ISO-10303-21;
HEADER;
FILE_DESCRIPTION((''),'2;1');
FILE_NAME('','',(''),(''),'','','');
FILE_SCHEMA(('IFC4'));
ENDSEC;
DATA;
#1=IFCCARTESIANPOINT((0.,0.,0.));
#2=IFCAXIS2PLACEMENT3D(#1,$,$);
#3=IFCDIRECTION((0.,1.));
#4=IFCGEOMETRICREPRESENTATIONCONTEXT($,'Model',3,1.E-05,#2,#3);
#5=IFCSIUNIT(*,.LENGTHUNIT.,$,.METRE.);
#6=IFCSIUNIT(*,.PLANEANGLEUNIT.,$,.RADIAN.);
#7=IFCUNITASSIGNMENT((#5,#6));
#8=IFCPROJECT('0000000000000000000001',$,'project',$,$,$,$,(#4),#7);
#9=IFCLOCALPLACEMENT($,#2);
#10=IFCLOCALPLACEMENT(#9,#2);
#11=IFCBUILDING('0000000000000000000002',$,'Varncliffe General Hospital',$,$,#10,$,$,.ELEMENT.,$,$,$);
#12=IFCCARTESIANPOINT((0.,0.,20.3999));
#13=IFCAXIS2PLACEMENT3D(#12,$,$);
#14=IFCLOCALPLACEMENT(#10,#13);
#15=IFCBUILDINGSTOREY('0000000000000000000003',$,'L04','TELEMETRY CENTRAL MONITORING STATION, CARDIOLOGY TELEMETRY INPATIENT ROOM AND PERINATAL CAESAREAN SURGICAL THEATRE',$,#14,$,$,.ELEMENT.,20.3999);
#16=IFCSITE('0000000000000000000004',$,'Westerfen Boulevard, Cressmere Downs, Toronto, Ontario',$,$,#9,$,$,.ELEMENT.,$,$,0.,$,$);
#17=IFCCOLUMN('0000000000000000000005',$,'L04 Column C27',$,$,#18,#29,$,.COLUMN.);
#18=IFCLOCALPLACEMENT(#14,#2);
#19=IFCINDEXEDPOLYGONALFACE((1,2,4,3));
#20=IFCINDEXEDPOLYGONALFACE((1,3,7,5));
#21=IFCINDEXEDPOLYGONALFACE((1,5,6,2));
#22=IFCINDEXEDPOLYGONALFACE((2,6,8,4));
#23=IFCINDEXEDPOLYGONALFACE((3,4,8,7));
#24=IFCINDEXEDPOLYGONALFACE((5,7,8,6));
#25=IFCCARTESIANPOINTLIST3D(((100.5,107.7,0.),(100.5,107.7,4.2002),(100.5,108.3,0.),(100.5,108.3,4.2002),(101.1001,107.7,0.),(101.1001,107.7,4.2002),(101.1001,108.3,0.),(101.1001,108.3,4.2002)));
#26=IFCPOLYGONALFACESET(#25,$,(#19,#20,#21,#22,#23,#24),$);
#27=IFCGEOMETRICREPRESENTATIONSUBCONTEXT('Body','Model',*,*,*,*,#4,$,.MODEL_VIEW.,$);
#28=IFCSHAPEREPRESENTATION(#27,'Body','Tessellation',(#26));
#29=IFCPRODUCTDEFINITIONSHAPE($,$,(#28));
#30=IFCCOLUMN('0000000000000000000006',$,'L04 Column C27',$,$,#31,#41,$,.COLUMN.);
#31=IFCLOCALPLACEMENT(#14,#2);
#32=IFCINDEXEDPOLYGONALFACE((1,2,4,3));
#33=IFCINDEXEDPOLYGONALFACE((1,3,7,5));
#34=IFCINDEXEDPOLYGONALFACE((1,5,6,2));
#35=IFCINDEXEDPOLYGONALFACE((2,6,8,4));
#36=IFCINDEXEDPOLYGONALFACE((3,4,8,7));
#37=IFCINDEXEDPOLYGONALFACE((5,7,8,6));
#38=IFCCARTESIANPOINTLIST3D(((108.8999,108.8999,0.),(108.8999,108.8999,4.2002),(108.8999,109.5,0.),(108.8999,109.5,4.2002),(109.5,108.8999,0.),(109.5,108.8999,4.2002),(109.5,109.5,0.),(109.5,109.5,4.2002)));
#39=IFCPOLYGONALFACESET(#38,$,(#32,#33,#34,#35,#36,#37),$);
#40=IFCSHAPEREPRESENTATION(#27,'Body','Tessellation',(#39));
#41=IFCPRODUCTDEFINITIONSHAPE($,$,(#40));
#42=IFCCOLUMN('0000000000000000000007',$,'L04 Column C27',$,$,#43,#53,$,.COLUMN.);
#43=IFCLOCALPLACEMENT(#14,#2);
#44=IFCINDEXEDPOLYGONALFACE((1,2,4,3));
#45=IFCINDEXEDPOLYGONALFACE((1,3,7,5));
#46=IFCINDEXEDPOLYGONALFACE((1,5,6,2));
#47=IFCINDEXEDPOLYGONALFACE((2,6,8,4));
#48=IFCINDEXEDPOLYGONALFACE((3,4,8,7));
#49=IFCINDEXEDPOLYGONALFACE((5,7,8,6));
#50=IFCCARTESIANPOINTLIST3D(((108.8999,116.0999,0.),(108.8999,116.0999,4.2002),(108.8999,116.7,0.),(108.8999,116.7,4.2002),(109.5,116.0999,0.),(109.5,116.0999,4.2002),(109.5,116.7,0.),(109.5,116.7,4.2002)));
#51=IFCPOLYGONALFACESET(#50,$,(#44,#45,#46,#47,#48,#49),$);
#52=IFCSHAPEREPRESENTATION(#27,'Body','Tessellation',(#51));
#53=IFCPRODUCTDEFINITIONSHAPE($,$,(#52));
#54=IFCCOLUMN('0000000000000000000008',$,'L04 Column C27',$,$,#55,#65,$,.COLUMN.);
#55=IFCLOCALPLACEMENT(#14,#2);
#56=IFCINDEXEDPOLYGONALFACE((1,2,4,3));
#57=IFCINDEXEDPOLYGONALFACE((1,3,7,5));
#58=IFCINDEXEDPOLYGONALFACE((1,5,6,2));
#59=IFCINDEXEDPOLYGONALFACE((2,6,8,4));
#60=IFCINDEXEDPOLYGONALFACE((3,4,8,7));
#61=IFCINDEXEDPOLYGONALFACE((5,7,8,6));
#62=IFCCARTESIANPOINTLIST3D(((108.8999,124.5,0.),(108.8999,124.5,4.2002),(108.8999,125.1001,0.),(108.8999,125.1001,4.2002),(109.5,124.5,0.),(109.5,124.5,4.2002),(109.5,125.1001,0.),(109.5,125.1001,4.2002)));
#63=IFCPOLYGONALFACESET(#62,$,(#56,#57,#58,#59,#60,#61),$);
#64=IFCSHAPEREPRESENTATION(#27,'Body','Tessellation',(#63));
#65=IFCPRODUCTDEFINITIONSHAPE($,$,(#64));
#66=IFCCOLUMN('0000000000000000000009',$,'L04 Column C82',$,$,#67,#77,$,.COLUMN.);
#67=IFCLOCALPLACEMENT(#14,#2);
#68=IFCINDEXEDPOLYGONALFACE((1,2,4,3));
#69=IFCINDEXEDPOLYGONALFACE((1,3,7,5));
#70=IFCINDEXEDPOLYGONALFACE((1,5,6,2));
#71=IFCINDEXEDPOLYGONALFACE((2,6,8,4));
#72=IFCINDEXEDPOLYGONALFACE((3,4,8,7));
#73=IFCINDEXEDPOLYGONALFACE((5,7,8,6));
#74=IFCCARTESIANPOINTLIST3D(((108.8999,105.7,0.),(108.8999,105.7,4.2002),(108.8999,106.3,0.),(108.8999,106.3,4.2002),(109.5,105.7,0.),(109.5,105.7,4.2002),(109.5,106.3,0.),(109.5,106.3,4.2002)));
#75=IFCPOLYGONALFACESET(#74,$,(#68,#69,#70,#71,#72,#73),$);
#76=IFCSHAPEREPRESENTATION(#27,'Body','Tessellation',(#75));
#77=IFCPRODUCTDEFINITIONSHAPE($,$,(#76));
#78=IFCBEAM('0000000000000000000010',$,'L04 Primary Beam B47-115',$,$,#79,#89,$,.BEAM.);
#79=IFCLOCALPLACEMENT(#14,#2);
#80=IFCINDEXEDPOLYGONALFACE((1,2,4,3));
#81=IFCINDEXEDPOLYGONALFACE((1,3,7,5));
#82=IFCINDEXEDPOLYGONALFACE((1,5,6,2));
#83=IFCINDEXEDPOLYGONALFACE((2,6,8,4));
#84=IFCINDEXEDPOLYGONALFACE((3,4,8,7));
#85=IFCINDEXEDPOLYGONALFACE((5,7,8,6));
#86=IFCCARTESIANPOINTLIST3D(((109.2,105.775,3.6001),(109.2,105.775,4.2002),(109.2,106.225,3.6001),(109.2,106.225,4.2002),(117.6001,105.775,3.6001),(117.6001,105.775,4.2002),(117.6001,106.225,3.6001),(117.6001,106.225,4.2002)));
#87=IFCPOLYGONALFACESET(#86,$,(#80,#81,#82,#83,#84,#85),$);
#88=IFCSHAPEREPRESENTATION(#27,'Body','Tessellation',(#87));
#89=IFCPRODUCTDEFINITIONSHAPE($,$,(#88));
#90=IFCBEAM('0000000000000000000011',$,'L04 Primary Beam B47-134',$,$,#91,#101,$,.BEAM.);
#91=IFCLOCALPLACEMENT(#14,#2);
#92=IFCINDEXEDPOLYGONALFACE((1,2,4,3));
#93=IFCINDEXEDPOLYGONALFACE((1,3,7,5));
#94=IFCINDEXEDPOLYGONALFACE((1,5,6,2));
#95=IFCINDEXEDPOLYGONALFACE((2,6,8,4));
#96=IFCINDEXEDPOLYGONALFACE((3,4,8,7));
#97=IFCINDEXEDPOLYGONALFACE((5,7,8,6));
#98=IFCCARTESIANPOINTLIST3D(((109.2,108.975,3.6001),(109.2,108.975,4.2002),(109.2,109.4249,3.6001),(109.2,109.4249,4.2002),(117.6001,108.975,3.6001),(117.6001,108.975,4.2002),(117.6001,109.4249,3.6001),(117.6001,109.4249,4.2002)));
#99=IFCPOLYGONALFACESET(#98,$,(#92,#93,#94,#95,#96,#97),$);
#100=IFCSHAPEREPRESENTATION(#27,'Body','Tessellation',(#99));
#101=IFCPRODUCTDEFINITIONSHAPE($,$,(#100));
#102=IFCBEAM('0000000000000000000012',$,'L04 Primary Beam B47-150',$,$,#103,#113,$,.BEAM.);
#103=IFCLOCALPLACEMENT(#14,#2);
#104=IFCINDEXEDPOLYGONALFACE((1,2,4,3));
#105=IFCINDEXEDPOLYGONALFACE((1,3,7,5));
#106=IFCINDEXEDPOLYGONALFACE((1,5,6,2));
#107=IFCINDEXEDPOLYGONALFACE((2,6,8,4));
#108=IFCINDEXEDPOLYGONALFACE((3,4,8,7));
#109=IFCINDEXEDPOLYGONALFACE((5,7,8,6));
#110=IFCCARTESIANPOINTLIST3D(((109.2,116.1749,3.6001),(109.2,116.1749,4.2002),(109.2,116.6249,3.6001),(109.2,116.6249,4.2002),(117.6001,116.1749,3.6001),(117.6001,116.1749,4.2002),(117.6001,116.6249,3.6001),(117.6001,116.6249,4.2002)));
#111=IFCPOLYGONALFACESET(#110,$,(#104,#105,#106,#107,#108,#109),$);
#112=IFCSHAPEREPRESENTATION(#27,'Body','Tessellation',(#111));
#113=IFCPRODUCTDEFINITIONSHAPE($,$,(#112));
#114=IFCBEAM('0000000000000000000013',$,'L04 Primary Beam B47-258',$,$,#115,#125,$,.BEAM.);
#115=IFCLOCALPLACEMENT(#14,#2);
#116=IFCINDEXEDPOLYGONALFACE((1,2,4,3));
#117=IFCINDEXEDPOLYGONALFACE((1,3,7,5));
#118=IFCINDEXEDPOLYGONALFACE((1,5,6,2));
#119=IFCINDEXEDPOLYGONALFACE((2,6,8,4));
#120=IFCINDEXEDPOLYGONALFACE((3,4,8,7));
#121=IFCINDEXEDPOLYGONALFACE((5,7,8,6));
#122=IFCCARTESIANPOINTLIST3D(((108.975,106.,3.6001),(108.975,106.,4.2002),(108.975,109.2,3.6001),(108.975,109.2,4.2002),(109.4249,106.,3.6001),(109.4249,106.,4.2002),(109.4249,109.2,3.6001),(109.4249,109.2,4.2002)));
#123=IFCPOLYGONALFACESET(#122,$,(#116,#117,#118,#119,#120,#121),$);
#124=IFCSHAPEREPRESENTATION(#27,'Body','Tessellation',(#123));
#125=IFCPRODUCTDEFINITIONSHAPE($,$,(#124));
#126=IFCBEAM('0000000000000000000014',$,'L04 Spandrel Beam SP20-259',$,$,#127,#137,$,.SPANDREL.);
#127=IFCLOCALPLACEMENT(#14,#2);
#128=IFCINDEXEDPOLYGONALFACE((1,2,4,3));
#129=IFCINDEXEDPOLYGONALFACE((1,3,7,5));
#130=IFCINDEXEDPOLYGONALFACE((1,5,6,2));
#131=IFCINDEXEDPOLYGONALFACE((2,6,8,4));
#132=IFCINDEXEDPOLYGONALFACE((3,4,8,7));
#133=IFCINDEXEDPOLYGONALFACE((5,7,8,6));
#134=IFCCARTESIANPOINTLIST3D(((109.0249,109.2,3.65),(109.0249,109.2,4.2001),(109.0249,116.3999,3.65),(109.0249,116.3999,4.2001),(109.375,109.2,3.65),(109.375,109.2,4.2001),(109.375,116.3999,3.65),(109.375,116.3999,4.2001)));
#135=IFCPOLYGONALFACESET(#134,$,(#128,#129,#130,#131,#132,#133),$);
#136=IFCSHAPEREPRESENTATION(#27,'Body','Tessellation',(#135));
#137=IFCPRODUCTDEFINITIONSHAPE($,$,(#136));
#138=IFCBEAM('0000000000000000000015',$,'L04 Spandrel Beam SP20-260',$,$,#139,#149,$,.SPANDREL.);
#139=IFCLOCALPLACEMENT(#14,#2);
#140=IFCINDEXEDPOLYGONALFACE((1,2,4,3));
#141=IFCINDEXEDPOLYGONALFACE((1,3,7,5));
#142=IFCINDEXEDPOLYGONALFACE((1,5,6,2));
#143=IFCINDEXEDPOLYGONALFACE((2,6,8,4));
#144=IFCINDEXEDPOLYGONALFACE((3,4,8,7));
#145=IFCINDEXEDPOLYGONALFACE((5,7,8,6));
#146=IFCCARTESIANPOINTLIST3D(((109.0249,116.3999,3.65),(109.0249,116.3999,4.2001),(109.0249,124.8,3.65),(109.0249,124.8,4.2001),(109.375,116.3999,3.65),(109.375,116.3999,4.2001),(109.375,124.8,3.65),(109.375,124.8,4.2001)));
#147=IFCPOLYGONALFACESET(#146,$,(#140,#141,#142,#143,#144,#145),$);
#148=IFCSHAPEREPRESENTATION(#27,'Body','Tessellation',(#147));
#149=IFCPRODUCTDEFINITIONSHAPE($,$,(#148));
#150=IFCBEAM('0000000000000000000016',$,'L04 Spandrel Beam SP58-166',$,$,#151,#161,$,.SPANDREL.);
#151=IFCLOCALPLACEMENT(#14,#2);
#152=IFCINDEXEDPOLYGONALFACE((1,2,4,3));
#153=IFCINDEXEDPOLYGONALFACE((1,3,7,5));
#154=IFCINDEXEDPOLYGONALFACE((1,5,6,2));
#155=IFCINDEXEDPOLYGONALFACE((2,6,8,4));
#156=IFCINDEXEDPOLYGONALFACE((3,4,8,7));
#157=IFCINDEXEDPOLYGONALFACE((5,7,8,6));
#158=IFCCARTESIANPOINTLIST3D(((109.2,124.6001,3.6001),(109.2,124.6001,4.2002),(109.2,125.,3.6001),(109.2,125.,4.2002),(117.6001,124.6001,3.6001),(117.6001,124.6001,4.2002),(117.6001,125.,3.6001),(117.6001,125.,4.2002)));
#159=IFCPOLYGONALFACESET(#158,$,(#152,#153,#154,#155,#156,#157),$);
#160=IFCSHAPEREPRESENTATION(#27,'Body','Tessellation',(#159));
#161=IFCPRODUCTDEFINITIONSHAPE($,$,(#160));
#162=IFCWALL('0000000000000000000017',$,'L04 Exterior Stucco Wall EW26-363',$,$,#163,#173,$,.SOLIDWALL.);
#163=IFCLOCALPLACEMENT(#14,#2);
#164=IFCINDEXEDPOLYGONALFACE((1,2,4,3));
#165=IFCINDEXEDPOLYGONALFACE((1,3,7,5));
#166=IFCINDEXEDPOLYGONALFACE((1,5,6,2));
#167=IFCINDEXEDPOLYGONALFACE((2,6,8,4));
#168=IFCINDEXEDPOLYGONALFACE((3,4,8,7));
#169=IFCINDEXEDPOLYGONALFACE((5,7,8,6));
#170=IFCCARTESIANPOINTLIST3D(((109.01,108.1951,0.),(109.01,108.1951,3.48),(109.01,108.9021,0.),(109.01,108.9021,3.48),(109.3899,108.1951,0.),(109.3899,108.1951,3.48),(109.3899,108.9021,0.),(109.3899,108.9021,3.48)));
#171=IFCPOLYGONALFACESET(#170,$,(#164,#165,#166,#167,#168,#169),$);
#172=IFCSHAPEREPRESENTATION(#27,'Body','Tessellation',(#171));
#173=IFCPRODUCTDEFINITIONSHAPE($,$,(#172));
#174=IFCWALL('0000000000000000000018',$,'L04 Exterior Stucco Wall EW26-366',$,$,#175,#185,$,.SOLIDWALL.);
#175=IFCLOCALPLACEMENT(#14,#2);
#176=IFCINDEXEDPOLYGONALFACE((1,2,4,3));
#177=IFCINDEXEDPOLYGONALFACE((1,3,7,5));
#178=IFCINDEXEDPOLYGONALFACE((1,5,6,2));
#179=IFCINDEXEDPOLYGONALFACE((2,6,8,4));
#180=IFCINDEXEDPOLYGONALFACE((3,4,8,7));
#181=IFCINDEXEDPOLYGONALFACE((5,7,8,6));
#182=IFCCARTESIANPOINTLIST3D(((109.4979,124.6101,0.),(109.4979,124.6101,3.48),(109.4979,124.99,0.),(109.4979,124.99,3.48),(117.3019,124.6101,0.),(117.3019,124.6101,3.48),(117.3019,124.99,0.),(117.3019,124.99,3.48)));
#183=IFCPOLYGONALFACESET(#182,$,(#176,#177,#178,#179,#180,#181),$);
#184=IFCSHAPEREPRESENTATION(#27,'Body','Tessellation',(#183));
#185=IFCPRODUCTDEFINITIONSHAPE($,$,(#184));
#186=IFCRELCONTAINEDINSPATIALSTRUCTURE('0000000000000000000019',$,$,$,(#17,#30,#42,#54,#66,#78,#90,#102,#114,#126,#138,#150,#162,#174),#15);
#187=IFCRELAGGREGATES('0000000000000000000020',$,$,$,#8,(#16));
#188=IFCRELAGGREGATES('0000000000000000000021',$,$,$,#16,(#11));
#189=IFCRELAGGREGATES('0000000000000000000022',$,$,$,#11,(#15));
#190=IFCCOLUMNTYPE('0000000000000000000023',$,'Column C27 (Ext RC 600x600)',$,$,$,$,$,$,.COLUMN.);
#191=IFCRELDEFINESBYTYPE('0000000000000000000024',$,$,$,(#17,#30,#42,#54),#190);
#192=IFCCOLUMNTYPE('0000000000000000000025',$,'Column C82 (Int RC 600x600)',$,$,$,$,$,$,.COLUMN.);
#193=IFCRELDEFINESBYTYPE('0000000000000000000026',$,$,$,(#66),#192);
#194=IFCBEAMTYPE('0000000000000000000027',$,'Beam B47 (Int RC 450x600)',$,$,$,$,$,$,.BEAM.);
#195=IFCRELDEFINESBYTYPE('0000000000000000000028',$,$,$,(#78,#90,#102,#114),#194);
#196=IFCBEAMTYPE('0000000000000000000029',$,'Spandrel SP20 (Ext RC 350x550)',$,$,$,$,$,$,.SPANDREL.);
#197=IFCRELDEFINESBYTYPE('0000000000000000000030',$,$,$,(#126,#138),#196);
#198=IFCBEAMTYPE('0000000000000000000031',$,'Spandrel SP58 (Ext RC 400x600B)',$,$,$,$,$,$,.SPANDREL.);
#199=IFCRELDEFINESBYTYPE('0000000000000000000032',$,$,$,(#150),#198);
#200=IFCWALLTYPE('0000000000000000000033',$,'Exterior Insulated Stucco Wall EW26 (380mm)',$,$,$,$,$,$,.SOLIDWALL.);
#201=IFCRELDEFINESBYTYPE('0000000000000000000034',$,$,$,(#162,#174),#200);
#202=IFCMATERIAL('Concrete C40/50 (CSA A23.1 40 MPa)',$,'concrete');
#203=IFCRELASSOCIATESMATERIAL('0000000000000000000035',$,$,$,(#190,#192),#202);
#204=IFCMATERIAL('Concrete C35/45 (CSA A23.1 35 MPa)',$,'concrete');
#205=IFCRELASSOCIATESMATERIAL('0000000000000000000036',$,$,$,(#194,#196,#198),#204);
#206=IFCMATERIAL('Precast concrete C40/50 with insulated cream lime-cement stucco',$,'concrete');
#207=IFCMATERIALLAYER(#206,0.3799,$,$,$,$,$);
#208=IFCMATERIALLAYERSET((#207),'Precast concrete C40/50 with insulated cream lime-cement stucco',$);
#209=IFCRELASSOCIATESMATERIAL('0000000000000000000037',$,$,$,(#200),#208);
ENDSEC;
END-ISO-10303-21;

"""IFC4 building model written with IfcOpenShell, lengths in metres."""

from ifc_helpers import new_model, si_unit, direction, frame, frame_2d, origin, origin_2d, place, context, subcontext, project, spatial, rectangle, extrude, material, layer, layer_set, material_profile, profile_set, type_object, element, save


model = new_model("IFC4")

# Units and contexts
model_context = context("Model", 3, precision=1e-05, world=origin(), true_north=direction((0.0, 1.0)))
body_context = subcontext(model_context, "Body", "Model", "MODEL_VIEW")
ifc_project = project(units=[si_unit("LENGTHUNIT", "METRE"), si_unit("PLANEANGLEUNIT", "RADIAN")], contexts=[model_context])

# Site, building, storey
site_placement = place(None, origin())
site = spatial("IfcSite", under=ifc_project, at=site_placement, Name="Westerfen Boulevard, Cressmere Downs, Toronto, Ontario", CompositionType="ELEMENT", RefElevation=0.0)
building_placement = place(site_placement, origin())
building = spatial("IfcBuilding", under=site, at=building_placement, Name="Varncliffe General Hospital", CompositionType="ELEMENT")
storey_placement = place(building_placement, frame((0.0, 0.0, 20.3999)))
storey = spatial("IfcBuildingStorey", under=building, at=storey_placement, Name="L04", Description="TELEMETRY CENTRAL MONITORING STATION, CARDIOLOGY TELEMETRY INPATIENT ROOM AND PERINATAL CAESAREAN SURGICAL THEATRE", CompositionType="ELEMENT", Elevation=20.3999)

# Columns
ifc_material_1 = material(Name="Concrete C40/50 (CSA A23.1 40 MPa)", Category="concrete")
ifc_material_profile_1 = material_profile(ifc_material_1, rectangle(XDim=0.6001, YDim=0.6001, at=origin_2d()), Name="RC 600x600")
ifc_profile_set_1 = profile_set([ifc_material_profile_1], Name="Concrete C40/50 (CSA A23.1 40 MPa)")
column_type_1 = type_object("IfcColumnType", Name="Column C27 (Ext RC 600x600)", PredefinedType="COLUMN", material=ifc_profile_set_1)
for number, where, z_axis, x_axis, name in (
    (1, (100.8, 108.0, 0.0), (0.0, 0.0, 1.0), (1.0, 0.0, 0.0), "L04 Column C27"),
    (2, (109.2, 109.2, 0.0), (0.0, 0.0, 1.0), (1.0, 0.0, 0.0), "L04 Column C27"),
    (3, (109.2, 116.3999, 0.0), (0.0, 0.0, 1.0), (1.0, 0.0, 0.0), "L04 Column C27"),
    (4, (109.2, 124.8, 0.0), (0.0, 0.0, 1.0), (1.0, 0.0, 0.0), "L04 Column C27"),
):
    element("IfcColumn", number, at=place(storey_placement, frame(where, z_axis=z_axis, x_axis=x_axis)), inside=storey, type_object=column_type_1, Name=name, PredefinedType="COLUMN", context=body_context, shape_type="SweptSolid", body=[
        extrude(rectangle(XDim=0.6001, YDim=0.6001, at=origin_2d()), origin(), (0.0, 0.0, 1.0), 4.2002),
    ])
ifc_material_profile_2 = material_profile(ifc_material_1, rectangle(XDim=0.6001, YDim=0.6001, at=origin_2d()), Name="RC 600x600")
ifc_profile_set_2 = profile_set([ifc_material_profile_2], Name="Concrete C40/50 (CSA A23.1 40 MPa)")
column_type_2 = type_object("IfcColumnType", Name="Column C82 (Int RC 600x600)", PredefinedType="COLUMN", material=ifc_profile_set_2)
column_placement = place(storey_placement, frame((109.2, 106.0, 0.0), z_axis=(0.0, 0.0, 1.0), x_axis=(1.0, 0.0, 0.0)))
element("IfcColumn", 5, at=column_placement, inside=storey, type_object=column_type_2, Name="L04 Column C82", PredefinedType="COLUMN", context=body_context, shape_type="SweptSolid", body=[
    extrude(rectangle(XDim=0.6001, YDim=0.6001, at=origin_2d()), origin(), (0.0, 0.0, 1.0), 4.2002),
])

# Beams
ifc_material_2 = material(Name="Concrete C35/45 (CSA A23.1 35 MPa)", Category="concrete")
ifc_material_profile_3 = material_profile(ifc_material_2, rectangle(XDim=0.45, YDim=0.6001, at=origin_2d()), Name="RC 450x600")
ifc_profile_set_3 = profile_set([ifc_material_profile_3], Name="Concrete C35/45 (CSA A23.1 35 MPa)")
beam_type_1 = type_object("IfcBeamType", Name="Beam B47 (Int RC 450x600)", PredefinedType="BEAM", material=ifc_profile_set_3)
for number, where, z_axis, x_axis, name in (
    (6, (109.2, 106.0, 3.9001), (1.0, 0.0, 0.0), (0.0, 1.0, 0.0), "L04 Primary Beam B47-115"),
    (7, (109.2, 109.2, 3.9001), (1.0, 0.0, 0.0), (0.0, 1.0, 0.0), "L04 Primary Beam B47-134"),
    (8, (109.2, 116.3999, 3.9001), (1.0, 0.0, 0.0), (0.0, 1.0, 0.0), "L04 Primary Beam B47-150"),
):
    element("IfcBeam", number, at=place(storey_placement, frame(where, z_axis=z_axis, x_axis=x_axis)), inside=storey, type_object=beam_type_1, Name=name, PredefinedType="BEAM", context=body_context, shape_type="SweptSolid", body=[
        extrude(rectangle(XDim=0.45, YDim=0.6001, at=origin_2d()), origin(), (0.0, 0.0, 1.0), 8.4001),
    ])
beam_1_placement = place(storey_placement, frame((109.2, 106.0, 3.9001), z_axis=(0.0, 1.0, 0.0), x_axis=(-1.0, 0.0, 0.0)))
element("IfcBeam", 9, at=beam_1_placement, inside=storey, type_object=beam_type_1, Name="L04 Primary Beam B47-258", PredefinedType="BEAM", context=body_context, shape_type="SweptSolid", body=[
    extrude(rectangle(XDim=0.45, YDim=0.6001, at=origin_2d()), origin(), (0.0, 0.0, 1.0), 3.2),
])
ifc_material_profile_4 = material_profile(ifc_material_2, rectangle(XDim=0.3501, YDim=0.55, at=origin_2d()), Name="RC 350x550")
ifc_profile_set_4 = profile_set([ifc_material_profile_4], Name="Concrete C35/45 (CSA A23.1 35 MPa)")
beam_type_2 = type_object("IfcBeamType", Name="Spandrel SP20 (Ext RC 350x550)", PredefinedType="SPANDREL", material=ifc_profile_set_4)
beam_2_placement = place(storey_placement, frame((109.2, 109.2, 3.925), z_axis=(0.0, 1.0, 0.0), x_axis=(-1.0, 0.0, 0.0)))
element("IfcBeam", 10, at=beam_2_placement, inside=storey, type_object=beam_type_2, Name="L04 Spandrel Beam SP20-259", PredefinedType="SPANDREL", context=body_context, shape_type="SweptSolid", body=[
    extrude(rectangle(XDim=0.3501, YDim=0.55, at=origin_2d()), origin(), (0.0, 0.0, 1.0), 7.2),
])
beam_3_placement = place(storey_placement, frame((109.2, 116.3999, 3.925), z_axis=(0.0, 1.0, 0.0), x_axis=(-1.0, 0.0, 0.0)))
element("IfcBeam", 11, at=beam_3_placement, inside=storey, type_object=beam_type_2, Name="L04 Spandrel Beam SP20-260", PredefinedType="SPANDREL", context=body_context, shape_type="SweptSolid", body=[
    extrude(rectangle(XDim=0.3501, YDim=0.55, at=origin_2d()), origin(), (0.0, 0.0, 1.0), 8.4001),
])
ifc_material_profile_5 = material_profile(ifc_material_2, rectangle(XDim=0.3999, YDim=0.6001, at=origin_2d()), Name="RC 400x600")
ifc_profile_set_5 = profile_set([ifc_material_profile_5], Name="Concrete C35/45 (CSA A23.1 35 MPa)")
beam_type_3 = type_object("IfcBeamType", Name="Spandrel SP58 (Ext RC 400x600B)", PredefinedType="SPANDREL", material=ifc_profile_set_5)
beam_4_placement = place(storey_placement, frame((109.2, 124.8, 3.9001), z_axis=(1.0, 0.0, 0.0), x_axis=(0.0, 1.0, 0.0)))
element("IfcBeam", 12, at=beam_4_placement, inside=storey, type_object=beam_type_3, Name="L04 Spandrel Beam SP58-166", PredefinedType="SPANDREL", context=body_context, shape_type="SweptSolid", body=[
    extrude(rectangle(XDim=0.3999, YDim=0.6001, at=origin_2d()), origin(), (0.0, 0.0, 1.0), 8.4001),
])

# Walls
ifc_material_3 = material(Name="Precast concrete C40/50 with insulated cream lime-cement stucco", Category="concrete")
ifc_layer_1 = layer(ifc_material_3, 0.3799)
ifc_layer_set_1 = layer_set([ifc_layer_1], Name="Precast concrete C40/50 with insulated cream lime-cement stucco")
wall_type_1 = type_object("IfcWallType", Name="Exterior Insulated Stucco Wall EW26 (380mm)", PredefinedType="SOLIDWALL", material=ifc_layer_set_1)
wall_1_placement = place(storey_placement, frame((109.2, 108.1951, 0.0), z_axis=(0.0, 0.0, 1.0), x_axis=(0.0, 1.0, 0.0)))
element("IfcWall", 13, at=wall_1_placement, inside=storey, type_object=wall_type_1, Name="L04 Exterior Stucco Wall EW26-363", PredefinedType="SOLIDWALL", context=body_context, shape_type="SweptSolid", body=[
    extrude(rectangle(XDim=0.707, YDim=0.3799, at=frame_2d((0.3535, 0.0))), origin(), (0.0, 0.0, 1.0), 3.48),
])
wall_2_placement = place(storey_placement, frame((109.498, 124.8, 0.0), z_axis=(0.0, 0.0, 1.0), x_axis=(1.0, 0.0, 0.0)))
element("IfcWall", 14, at=wall_2_placement, inside=storey, type_object=wall_type_1, Name="L04 Exterior Stucco Wall EW26-366", PredefinedType="SOLIDWALL", context=body_context, shape_type="SweptSolid", body=[
    extrude(rectangle(XDim=7.804, YDim=0.3799, at=frame_2d((3.9019, 0.0))), origin(), (0.0, 0.0, 1.0), 3.48),
])

save(model, "model.ifc")
